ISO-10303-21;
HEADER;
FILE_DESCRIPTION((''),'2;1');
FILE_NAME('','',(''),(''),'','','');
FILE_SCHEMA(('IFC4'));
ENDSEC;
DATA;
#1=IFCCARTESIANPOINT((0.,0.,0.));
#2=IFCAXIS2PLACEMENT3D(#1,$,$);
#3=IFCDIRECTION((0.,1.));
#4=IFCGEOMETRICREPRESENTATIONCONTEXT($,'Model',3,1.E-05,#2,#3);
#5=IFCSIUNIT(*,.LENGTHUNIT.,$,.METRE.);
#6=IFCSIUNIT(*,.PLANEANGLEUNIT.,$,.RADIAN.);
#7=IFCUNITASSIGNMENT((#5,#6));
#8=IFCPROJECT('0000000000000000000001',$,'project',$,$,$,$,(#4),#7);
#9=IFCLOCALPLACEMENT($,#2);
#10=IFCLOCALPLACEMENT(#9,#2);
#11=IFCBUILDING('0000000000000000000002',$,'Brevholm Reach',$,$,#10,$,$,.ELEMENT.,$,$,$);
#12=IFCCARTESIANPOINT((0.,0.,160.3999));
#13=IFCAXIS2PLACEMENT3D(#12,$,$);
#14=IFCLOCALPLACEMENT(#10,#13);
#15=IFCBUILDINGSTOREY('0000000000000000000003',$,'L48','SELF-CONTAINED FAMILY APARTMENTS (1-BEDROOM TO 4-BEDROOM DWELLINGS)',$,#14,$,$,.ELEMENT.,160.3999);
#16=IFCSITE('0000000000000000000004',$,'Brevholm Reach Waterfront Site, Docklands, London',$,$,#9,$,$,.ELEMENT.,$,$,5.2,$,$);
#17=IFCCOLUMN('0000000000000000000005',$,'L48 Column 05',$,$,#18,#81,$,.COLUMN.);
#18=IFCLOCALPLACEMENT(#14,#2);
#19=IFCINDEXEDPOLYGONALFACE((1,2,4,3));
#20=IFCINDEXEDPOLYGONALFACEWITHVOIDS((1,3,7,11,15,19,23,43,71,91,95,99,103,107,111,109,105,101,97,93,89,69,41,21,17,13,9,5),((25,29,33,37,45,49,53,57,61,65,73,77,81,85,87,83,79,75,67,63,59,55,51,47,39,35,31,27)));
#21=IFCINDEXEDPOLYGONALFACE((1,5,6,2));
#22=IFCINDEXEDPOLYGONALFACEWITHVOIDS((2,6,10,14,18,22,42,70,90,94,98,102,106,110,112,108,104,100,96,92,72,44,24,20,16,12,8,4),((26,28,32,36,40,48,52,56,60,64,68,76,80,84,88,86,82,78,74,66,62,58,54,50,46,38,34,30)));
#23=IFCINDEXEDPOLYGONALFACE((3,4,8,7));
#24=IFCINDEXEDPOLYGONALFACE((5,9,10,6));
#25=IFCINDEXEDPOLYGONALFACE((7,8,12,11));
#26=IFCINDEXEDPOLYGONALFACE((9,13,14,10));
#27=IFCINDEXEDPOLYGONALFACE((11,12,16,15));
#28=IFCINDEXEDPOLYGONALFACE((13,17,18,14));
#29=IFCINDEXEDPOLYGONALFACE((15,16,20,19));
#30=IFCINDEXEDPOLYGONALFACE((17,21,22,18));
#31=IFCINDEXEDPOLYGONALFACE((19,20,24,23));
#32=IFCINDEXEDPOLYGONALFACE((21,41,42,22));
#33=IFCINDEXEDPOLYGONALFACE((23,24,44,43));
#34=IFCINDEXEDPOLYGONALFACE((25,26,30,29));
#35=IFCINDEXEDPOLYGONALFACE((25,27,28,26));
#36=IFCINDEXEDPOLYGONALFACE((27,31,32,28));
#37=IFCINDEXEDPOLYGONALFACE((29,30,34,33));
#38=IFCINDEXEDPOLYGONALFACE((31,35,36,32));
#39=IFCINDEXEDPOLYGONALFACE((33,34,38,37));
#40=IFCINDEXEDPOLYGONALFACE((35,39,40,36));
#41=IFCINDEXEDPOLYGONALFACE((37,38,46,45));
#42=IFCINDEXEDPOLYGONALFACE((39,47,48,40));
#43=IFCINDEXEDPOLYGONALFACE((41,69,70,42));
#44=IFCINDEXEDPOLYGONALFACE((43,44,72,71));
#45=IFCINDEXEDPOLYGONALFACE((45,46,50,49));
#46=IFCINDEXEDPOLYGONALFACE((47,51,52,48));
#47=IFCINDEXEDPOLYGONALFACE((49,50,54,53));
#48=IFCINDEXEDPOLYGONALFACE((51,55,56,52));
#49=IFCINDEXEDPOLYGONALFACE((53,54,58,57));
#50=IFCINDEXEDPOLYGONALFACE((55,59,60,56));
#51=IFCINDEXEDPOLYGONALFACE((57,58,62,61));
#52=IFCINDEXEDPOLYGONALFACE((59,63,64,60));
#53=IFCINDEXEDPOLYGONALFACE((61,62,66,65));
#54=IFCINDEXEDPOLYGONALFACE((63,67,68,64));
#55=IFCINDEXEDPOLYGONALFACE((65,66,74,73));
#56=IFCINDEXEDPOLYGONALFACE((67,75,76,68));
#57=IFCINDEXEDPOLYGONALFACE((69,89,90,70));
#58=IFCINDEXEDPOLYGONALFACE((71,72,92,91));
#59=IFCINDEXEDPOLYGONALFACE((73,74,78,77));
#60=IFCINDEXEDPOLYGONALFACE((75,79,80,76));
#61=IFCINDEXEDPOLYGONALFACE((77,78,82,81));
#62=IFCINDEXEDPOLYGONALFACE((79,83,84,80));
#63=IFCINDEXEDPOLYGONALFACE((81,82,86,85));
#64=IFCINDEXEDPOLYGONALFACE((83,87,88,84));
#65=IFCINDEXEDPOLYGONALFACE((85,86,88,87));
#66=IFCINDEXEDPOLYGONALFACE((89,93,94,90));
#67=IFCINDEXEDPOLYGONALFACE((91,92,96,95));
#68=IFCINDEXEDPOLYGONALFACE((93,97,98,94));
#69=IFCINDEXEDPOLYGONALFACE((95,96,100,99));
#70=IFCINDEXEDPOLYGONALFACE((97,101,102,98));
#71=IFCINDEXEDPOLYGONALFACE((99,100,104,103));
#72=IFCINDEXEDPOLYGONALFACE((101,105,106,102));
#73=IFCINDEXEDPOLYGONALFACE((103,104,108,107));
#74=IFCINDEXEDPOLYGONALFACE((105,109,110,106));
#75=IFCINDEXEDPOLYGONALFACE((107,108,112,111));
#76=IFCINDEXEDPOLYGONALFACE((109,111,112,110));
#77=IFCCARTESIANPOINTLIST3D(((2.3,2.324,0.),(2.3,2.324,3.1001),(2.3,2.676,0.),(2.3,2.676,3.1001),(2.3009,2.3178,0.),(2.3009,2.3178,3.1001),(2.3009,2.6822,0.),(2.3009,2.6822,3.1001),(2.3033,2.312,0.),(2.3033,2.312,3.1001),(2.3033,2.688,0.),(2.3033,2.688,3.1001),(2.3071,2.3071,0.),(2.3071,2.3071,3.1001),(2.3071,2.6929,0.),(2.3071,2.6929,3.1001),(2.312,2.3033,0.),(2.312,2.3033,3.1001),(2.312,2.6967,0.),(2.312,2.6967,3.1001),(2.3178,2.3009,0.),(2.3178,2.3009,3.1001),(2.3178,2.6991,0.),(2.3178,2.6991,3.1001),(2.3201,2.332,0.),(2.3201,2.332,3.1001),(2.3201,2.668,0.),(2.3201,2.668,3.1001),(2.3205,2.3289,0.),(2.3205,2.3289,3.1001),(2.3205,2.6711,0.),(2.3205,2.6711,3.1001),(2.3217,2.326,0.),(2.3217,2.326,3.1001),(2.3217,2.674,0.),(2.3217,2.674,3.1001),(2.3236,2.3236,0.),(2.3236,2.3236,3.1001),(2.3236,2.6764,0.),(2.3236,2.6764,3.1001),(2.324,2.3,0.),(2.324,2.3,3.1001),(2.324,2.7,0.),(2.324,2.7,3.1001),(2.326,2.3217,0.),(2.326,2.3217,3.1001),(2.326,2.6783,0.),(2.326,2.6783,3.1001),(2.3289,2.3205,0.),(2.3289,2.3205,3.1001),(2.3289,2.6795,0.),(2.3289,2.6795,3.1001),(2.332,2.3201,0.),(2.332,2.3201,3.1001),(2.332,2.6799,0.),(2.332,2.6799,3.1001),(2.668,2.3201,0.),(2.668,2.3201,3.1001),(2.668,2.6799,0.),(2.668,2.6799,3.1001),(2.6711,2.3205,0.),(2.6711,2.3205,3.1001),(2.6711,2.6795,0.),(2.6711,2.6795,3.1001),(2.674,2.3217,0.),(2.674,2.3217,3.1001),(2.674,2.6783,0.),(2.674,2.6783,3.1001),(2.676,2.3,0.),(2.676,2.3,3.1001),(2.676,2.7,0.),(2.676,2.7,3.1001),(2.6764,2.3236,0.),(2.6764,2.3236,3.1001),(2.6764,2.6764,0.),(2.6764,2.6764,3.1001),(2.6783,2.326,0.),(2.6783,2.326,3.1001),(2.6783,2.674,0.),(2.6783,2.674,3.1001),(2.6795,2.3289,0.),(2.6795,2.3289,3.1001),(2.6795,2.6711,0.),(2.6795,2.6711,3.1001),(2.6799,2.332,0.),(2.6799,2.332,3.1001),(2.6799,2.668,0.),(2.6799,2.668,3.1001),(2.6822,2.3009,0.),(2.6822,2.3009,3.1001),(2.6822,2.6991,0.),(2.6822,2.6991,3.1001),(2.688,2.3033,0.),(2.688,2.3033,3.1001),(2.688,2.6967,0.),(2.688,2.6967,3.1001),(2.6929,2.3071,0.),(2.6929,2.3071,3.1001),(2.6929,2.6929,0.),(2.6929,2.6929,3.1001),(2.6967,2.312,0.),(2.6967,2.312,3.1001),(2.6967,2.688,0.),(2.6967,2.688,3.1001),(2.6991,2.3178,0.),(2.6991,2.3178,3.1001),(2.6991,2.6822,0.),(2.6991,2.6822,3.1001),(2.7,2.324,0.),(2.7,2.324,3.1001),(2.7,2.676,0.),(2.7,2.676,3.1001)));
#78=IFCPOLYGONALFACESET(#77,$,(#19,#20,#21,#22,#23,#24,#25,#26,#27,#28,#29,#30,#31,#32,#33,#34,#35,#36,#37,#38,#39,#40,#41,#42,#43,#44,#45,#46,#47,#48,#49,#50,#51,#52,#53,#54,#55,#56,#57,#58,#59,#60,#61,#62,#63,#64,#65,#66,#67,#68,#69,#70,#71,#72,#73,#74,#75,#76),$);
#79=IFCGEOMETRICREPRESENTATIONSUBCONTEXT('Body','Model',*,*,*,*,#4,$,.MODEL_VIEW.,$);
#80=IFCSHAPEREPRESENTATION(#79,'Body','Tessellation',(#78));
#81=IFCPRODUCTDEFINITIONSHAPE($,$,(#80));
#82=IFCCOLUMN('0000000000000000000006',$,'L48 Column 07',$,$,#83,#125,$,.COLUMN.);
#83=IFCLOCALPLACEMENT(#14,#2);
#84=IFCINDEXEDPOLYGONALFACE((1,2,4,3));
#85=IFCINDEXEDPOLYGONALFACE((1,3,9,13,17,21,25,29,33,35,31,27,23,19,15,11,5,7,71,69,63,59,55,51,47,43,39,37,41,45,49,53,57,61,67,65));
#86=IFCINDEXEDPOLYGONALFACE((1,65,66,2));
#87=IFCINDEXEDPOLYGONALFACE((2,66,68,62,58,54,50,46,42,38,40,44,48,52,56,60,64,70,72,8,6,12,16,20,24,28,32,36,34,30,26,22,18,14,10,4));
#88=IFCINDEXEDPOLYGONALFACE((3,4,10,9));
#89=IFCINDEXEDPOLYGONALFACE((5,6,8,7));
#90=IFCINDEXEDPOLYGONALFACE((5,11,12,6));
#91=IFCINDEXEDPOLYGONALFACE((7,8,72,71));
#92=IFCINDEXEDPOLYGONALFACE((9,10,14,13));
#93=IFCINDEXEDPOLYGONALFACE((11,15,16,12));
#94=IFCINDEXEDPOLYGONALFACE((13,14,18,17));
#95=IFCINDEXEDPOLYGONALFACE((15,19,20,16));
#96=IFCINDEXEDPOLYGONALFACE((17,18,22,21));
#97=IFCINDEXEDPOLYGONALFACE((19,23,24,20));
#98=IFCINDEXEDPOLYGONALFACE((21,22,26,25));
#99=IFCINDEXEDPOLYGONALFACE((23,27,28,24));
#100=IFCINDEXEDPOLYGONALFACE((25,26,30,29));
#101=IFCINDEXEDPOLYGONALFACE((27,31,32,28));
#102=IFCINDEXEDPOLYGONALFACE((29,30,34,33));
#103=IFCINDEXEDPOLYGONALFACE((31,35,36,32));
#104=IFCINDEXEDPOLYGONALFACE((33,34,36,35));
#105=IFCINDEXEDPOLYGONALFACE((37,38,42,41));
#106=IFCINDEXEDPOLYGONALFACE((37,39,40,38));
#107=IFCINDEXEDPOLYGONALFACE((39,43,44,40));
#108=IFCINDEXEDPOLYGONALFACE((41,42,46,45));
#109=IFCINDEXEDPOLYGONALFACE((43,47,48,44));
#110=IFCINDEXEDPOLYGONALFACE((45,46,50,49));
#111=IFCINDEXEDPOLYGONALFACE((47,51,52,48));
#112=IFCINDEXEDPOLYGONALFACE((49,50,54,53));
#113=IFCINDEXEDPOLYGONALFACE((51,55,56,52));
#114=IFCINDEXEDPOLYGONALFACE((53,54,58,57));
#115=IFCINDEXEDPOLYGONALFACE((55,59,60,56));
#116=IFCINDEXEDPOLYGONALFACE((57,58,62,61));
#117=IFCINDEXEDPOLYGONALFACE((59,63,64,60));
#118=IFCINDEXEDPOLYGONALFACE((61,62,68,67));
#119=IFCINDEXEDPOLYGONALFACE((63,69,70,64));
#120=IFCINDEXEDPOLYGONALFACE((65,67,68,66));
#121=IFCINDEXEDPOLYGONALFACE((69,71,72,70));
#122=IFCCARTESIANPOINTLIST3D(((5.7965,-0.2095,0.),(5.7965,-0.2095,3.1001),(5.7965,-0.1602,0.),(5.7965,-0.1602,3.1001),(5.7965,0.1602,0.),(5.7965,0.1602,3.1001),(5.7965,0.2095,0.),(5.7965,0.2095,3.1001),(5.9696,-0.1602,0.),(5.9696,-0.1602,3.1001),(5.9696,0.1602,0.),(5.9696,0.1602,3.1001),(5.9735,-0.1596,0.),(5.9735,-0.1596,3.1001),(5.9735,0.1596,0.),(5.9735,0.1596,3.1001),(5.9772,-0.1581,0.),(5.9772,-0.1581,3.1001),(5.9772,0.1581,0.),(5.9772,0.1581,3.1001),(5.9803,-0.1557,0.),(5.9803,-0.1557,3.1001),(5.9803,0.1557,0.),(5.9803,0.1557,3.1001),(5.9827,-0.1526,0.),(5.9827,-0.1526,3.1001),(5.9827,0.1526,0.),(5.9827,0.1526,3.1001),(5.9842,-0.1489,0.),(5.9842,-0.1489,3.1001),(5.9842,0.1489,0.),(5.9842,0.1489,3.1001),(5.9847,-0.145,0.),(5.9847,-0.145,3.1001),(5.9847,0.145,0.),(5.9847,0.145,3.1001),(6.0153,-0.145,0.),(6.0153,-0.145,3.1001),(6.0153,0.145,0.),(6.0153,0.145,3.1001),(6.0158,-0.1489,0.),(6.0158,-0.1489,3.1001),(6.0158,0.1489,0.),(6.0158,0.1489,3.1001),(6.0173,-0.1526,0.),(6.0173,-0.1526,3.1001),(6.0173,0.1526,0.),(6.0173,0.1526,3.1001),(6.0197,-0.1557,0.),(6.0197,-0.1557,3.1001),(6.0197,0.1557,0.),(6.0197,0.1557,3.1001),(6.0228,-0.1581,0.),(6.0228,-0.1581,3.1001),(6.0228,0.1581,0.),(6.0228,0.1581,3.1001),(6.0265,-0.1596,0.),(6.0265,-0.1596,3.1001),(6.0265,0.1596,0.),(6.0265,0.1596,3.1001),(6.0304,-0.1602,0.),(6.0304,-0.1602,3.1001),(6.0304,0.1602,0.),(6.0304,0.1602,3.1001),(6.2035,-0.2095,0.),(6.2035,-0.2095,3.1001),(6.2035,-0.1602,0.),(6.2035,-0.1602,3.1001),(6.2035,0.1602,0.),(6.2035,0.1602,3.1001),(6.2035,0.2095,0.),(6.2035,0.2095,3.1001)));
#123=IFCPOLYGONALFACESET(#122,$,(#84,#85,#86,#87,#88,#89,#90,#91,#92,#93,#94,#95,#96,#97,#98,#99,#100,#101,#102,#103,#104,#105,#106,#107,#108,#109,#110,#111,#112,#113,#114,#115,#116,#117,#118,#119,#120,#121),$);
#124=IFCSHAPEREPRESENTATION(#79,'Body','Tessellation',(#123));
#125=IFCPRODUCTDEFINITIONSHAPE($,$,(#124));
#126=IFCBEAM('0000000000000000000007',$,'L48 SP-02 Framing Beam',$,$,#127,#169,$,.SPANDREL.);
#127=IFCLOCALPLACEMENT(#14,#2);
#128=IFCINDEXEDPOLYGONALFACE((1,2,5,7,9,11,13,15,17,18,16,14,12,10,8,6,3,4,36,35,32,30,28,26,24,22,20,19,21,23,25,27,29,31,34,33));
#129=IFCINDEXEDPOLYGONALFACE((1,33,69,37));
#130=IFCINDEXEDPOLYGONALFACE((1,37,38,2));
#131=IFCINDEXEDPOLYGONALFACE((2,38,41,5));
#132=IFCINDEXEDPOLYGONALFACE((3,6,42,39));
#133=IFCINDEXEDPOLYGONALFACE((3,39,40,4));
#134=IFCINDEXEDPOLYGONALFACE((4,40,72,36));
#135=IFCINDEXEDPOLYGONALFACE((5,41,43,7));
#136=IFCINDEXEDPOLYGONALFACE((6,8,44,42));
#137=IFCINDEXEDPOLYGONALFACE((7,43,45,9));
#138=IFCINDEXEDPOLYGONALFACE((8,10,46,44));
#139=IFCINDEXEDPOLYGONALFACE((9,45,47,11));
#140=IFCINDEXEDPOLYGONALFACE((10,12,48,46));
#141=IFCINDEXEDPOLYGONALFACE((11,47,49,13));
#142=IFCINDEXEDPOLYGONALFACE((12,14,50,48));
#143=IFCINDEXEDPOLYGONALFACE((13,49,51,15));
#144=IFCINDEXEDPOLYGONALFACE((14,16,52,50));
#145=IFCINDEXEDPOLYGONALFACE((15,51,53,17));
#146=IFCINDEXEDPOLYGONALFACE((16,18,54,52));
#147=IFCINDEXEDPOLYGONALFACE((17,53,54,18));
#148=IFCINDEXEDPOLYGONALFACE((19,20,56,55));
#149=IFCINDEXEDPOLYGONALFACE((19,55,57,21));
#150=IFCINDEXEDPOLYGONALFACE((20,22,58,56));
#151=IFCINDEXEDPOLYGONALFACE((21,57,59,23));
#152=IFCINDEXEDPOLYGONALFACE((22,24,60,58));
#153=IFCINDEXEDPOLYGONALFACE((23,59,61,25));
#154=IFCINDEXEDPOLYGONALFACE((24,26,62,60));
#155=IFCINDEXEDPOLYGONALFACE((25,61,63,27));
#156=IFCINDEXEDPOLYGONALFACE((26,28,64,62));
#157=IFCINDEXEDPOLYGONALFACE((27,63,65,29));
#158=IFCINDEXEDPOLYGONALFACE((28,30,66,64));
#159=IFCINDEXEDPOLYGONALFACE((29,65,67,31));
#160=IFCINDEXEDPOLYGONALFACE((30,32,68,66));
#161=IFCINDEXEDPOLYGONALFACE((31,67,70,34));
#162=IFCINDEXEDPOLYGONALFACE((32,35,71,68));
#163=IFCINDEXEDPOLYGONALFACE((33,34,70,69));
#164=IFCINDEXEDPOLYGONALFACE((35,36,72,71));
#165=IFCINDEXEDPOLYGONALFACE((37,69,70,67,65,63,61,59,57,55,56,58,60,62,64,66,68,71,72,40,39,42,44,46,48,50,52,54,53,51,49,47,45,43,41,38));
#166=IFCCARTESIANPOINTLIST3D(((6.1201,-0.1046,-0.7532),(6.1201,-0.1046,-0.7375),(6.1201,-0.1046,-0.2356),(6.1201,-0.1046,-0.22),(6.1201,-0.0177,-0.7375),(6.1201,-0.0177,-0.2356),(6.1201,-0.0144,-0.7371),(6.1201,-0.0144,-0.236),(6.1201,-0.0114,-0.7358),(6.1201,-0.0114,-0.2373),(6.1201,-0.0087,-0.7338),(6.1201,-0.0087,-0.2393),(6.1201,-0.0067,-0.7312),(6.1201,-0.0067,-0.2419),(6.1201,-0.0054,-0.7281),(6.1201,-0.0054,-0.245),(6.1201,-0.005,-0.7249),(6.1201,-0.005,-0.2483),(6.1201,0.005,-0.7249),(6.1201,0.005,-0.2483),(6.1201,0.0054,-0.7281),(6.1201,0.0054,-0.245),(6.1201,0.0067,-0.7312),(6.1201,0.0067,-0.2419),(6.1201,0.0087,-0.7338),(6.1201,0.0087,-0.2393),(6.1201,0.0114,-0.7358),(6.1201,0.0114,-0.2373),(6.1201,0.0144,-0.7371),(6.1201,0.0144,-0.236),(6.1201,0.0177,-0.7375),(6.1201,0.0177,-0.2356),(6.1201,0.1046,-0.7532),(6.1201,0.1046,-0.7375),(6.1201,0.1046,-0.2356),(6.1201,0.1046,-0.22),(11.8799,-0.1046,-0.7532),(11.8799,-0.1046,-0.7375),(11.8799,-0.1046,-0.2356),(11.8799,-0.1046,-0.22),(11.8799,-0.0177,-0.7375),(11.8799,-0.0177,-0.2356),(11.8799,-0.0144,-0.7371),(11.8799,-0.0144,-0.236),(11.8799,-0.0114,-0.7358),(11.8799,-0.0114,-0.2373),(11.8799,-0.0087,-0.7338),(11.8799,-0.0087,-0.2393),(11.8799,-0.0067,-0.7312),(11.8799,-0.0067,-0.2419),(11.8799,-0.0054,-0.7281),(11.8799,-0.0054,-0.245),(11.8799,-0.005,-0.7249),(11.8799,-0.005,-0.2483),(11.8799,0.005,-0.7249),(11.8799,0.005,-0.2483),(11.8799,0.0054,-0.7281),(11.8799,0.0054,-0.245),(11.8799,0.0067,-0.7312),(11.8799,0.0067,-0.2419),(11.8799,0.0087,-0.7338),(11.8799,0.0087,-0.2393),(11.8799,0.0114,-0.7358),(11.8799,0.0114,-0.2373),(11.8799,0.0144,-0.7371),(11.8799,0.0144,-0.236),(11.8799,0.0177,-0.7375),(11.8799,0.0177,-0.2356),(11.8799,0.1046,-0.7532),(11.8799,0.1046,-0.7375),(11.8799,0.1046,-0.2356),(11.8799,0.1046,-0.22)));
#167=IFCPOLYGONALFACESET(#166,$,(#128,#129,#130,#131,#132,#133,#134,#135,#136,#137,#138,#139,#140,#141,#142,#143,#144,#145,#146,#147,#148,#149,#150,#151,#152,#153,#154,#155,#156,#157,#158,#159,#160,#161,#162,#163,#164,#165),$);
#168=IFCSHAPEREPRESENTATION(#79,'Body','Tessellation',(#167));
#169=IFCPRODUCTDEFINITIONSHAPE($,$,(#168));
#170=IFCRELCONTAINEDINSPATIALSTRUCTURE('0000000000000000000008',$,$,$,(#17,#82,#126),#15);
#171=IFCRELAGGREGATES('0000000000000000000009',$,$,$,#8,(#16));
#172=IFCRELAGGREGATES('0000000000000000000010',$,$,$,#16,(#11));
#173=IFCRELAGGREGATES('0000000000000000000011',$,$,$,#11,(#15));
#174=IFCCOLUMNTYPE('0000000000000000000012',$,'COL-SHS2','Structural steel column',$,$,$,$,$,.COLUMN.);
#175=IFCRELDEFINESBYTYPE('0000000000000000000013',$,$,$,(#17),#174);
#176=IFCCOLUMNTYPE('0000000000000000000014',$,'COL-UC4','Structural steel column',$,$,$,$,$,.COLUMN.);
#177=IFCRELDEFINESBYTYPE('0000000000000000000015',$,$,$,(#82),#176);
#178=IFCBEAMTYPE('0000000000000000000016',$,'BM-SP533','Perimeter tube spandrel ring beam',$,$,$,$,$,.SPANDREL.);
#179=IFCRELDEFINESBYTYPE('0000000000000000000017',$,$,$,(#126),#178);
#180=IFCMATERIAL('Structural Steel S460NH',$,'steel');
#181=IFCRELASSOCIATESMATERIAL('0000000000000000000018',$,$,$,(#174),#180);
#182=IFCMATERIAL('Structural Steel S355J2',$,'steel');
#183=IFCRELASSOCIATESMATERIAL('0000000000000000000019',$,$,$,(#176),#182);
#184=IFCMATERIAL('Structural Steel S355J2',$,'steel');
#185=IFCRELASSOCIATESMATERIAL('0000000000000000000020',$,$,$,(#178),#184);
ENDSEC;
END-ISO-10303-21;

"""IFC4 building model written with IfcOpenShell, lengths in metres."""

from ifc_helpers import new_model, si_unit, direction, frame, origin, origin_2d, place, context, subcontext, project, spatial, hollow_rectangle, i_section, extrude, material, material_profile, profile_set, type_object, element, save


model = new_model("IFC4")

# Units and contexts
model_context = context("Model", 3, precision=1e-05, world=origin(), true_north=direction((0.0, 1.0)))
body_context = subcontext(model_context, "Body", "Model", "MODEL_VIEW")
ifc_project = project(units=[si_unit("LENGTHUNIT", "METRE"), si_unit("PLANEANGLEUNIT", "RADIAN")], contexts=[model_context])

# Site, building, storey
site_placement = place(None, origin())
site = spatial("IfcSite", under=ifc_project, at=site_placement, Name="Brevholm Reach Waterfront Site, Docklands, London", CompositionType="ELEMENT", RefElevation=5.2)
building_placement = place(site_placement, origin())
building = spatial("IfcBuilding", under=site, at=building_placement, Name="Brevholm Reach", CompositionType="ELEMENT")
storey_placement = place(building_placement, frame((0.0, 0.0, 160.3999)))
storey = spatial("IfcBuildingStorey", under=building, at=storey_placement, Name="L48", Description="SELF-CONTAINED FAMILY APARTMENTS (1-BEDROOM TO 4-BEDROOM DWELLINGS)", CompositionType="ELEMENT", Elevation=160.3999)

# Columns
ifc_material_1 = material(Name="Structural Steel S460NH", Category="steel")
ifc_material_profile_1 = material_profile(ifc_material_1, hollow_rectangle(XDim=0.3999, YDim=0.3999, WallThickness=0.02, InnerFilletRadius=0.012, OuterFilletRadius=0.0239, at=origin_2d()), Name="SHS 400x400x20")
ifc_profile_set_1 = profile_set([ifc_material_profile_1], Name="Structural Steel S460NH")
column_type_1 = type_object("IfcColumnType", Name="COL-SHS2", Description="Structural steel column", PredefinedType="COLUMN", material=ifc_profile_set_1)
column_1_placement = place(storey_placement, frame((2.5, 2.5, 0.0), z_axis=(0.0, 0.0, 1.0), x_axis=(1.0, 0.0, 0.0)))
element("IfcColumn", 1, at=column_1_placement, inside=storey, type_object=column_type_1, Name="L48 Column 05", PredefinedType="COLUMN", context=body_context, shape_type="SweptSolid", body=[
    extrude(hollow_rectangle(XDim=0.3999, YDim=0.3999, WallThickness=0.02, InnerFilletRadius=0.012, OuterFilletRadius=0.0239, at=origin_2d()), origin(), (0.0, 0.0, 1.0), 3.1001),
])
ifc_material_2 = material(Name="Structural Steel S355J2", Category="steel")
ifc_material_profile_2 = material_profile(ifc_material_2, i_section(OverallWidth=0.407, OverallDepth=0.4189, WebThickness=0.0305, FlangeThickness=0.0493, FilletRadius=0.0151, at=origin_2d()), Name="UKC 356x406x393")
ifc_profile_set_2 = profile_set([ifc_material_profile_2], Name="Structural Steel S355J2")
column_type_2 = type_object("IfcColumnType", Name="COL-UC4", Description="Structural steel column", PredefinedType="COLUMN", material=ifc_profile_set_2)
column_2_placement = place(storey_placement, frame((6.0, 0.0, 0.0), z_axis=(0.0, 0.0, 1.0), x_axis=(1.0, 0.0, 0.0)))
element("IfcColumn", 2, at=column_2_placement, inside=storey, type_object=column_type_2, Name="L48 Column 07", PredefinedType="COLUMN", context=body_context, shape_type="SweptSolid", body=[
    extrude(i_section(OverallWidth=0.407, OverallDepth=0.4189, WebThickness=0.0305, FlangeThickness=0.0493, FilletRadius=0.0151, at=origin_2d()), origin(), (0.0, 0.0, 1.0), 3.1001),
])

# Beam
ifc_material_3 = material(Name="Structural Steel S355J2", Category="steel")
ifc_material_profile_3 = material_profile(ifc_material_3, i_section(OverallWidth=0.2092, OverallDepth=0.5332, WebThickness=0.01, FlangeThickness=0.0156, FilletRadius=0.0127, at=origin_2d()), Name="UKB 533x210x92")
ifc_profile_set_3 = profile_set([ifc_material_profile_3], Name="Structural Steel S355J2")
beam_type_1 = type_object("IfcBeamType", Name="BM-SP533", Description="Perimeter tube spandrel ring beam", PredefinedType="SPANDREL", material=ifc_profile_set_3)
beam_1_placement = place(storey_placement, frame((6.1201, 0.0, -0.4866), z_axis=(1.0, 0.0, 0.0), x_axis=(0.0, 1.0, 0.0)))
element("IfcBeam", 3, at=beam_1_placement, inside=storey, type_object=beam_type_1, Name="L48 SP-02 Framing Beam", PredefinedType="SPANDREL", context=body_context, shape_type="SweptSolid", body=[
    extrude(i_section(OverallWidth=0.2092, OverallDepth=0.5332, WebThickness=0.01, FlangeThickness=0.0156, FilletRadius=0.0127, at=origin_2d()), origin(), (0.0, 0.0, 1.0), 5.7598),
])

save(model, "model.ifc")
